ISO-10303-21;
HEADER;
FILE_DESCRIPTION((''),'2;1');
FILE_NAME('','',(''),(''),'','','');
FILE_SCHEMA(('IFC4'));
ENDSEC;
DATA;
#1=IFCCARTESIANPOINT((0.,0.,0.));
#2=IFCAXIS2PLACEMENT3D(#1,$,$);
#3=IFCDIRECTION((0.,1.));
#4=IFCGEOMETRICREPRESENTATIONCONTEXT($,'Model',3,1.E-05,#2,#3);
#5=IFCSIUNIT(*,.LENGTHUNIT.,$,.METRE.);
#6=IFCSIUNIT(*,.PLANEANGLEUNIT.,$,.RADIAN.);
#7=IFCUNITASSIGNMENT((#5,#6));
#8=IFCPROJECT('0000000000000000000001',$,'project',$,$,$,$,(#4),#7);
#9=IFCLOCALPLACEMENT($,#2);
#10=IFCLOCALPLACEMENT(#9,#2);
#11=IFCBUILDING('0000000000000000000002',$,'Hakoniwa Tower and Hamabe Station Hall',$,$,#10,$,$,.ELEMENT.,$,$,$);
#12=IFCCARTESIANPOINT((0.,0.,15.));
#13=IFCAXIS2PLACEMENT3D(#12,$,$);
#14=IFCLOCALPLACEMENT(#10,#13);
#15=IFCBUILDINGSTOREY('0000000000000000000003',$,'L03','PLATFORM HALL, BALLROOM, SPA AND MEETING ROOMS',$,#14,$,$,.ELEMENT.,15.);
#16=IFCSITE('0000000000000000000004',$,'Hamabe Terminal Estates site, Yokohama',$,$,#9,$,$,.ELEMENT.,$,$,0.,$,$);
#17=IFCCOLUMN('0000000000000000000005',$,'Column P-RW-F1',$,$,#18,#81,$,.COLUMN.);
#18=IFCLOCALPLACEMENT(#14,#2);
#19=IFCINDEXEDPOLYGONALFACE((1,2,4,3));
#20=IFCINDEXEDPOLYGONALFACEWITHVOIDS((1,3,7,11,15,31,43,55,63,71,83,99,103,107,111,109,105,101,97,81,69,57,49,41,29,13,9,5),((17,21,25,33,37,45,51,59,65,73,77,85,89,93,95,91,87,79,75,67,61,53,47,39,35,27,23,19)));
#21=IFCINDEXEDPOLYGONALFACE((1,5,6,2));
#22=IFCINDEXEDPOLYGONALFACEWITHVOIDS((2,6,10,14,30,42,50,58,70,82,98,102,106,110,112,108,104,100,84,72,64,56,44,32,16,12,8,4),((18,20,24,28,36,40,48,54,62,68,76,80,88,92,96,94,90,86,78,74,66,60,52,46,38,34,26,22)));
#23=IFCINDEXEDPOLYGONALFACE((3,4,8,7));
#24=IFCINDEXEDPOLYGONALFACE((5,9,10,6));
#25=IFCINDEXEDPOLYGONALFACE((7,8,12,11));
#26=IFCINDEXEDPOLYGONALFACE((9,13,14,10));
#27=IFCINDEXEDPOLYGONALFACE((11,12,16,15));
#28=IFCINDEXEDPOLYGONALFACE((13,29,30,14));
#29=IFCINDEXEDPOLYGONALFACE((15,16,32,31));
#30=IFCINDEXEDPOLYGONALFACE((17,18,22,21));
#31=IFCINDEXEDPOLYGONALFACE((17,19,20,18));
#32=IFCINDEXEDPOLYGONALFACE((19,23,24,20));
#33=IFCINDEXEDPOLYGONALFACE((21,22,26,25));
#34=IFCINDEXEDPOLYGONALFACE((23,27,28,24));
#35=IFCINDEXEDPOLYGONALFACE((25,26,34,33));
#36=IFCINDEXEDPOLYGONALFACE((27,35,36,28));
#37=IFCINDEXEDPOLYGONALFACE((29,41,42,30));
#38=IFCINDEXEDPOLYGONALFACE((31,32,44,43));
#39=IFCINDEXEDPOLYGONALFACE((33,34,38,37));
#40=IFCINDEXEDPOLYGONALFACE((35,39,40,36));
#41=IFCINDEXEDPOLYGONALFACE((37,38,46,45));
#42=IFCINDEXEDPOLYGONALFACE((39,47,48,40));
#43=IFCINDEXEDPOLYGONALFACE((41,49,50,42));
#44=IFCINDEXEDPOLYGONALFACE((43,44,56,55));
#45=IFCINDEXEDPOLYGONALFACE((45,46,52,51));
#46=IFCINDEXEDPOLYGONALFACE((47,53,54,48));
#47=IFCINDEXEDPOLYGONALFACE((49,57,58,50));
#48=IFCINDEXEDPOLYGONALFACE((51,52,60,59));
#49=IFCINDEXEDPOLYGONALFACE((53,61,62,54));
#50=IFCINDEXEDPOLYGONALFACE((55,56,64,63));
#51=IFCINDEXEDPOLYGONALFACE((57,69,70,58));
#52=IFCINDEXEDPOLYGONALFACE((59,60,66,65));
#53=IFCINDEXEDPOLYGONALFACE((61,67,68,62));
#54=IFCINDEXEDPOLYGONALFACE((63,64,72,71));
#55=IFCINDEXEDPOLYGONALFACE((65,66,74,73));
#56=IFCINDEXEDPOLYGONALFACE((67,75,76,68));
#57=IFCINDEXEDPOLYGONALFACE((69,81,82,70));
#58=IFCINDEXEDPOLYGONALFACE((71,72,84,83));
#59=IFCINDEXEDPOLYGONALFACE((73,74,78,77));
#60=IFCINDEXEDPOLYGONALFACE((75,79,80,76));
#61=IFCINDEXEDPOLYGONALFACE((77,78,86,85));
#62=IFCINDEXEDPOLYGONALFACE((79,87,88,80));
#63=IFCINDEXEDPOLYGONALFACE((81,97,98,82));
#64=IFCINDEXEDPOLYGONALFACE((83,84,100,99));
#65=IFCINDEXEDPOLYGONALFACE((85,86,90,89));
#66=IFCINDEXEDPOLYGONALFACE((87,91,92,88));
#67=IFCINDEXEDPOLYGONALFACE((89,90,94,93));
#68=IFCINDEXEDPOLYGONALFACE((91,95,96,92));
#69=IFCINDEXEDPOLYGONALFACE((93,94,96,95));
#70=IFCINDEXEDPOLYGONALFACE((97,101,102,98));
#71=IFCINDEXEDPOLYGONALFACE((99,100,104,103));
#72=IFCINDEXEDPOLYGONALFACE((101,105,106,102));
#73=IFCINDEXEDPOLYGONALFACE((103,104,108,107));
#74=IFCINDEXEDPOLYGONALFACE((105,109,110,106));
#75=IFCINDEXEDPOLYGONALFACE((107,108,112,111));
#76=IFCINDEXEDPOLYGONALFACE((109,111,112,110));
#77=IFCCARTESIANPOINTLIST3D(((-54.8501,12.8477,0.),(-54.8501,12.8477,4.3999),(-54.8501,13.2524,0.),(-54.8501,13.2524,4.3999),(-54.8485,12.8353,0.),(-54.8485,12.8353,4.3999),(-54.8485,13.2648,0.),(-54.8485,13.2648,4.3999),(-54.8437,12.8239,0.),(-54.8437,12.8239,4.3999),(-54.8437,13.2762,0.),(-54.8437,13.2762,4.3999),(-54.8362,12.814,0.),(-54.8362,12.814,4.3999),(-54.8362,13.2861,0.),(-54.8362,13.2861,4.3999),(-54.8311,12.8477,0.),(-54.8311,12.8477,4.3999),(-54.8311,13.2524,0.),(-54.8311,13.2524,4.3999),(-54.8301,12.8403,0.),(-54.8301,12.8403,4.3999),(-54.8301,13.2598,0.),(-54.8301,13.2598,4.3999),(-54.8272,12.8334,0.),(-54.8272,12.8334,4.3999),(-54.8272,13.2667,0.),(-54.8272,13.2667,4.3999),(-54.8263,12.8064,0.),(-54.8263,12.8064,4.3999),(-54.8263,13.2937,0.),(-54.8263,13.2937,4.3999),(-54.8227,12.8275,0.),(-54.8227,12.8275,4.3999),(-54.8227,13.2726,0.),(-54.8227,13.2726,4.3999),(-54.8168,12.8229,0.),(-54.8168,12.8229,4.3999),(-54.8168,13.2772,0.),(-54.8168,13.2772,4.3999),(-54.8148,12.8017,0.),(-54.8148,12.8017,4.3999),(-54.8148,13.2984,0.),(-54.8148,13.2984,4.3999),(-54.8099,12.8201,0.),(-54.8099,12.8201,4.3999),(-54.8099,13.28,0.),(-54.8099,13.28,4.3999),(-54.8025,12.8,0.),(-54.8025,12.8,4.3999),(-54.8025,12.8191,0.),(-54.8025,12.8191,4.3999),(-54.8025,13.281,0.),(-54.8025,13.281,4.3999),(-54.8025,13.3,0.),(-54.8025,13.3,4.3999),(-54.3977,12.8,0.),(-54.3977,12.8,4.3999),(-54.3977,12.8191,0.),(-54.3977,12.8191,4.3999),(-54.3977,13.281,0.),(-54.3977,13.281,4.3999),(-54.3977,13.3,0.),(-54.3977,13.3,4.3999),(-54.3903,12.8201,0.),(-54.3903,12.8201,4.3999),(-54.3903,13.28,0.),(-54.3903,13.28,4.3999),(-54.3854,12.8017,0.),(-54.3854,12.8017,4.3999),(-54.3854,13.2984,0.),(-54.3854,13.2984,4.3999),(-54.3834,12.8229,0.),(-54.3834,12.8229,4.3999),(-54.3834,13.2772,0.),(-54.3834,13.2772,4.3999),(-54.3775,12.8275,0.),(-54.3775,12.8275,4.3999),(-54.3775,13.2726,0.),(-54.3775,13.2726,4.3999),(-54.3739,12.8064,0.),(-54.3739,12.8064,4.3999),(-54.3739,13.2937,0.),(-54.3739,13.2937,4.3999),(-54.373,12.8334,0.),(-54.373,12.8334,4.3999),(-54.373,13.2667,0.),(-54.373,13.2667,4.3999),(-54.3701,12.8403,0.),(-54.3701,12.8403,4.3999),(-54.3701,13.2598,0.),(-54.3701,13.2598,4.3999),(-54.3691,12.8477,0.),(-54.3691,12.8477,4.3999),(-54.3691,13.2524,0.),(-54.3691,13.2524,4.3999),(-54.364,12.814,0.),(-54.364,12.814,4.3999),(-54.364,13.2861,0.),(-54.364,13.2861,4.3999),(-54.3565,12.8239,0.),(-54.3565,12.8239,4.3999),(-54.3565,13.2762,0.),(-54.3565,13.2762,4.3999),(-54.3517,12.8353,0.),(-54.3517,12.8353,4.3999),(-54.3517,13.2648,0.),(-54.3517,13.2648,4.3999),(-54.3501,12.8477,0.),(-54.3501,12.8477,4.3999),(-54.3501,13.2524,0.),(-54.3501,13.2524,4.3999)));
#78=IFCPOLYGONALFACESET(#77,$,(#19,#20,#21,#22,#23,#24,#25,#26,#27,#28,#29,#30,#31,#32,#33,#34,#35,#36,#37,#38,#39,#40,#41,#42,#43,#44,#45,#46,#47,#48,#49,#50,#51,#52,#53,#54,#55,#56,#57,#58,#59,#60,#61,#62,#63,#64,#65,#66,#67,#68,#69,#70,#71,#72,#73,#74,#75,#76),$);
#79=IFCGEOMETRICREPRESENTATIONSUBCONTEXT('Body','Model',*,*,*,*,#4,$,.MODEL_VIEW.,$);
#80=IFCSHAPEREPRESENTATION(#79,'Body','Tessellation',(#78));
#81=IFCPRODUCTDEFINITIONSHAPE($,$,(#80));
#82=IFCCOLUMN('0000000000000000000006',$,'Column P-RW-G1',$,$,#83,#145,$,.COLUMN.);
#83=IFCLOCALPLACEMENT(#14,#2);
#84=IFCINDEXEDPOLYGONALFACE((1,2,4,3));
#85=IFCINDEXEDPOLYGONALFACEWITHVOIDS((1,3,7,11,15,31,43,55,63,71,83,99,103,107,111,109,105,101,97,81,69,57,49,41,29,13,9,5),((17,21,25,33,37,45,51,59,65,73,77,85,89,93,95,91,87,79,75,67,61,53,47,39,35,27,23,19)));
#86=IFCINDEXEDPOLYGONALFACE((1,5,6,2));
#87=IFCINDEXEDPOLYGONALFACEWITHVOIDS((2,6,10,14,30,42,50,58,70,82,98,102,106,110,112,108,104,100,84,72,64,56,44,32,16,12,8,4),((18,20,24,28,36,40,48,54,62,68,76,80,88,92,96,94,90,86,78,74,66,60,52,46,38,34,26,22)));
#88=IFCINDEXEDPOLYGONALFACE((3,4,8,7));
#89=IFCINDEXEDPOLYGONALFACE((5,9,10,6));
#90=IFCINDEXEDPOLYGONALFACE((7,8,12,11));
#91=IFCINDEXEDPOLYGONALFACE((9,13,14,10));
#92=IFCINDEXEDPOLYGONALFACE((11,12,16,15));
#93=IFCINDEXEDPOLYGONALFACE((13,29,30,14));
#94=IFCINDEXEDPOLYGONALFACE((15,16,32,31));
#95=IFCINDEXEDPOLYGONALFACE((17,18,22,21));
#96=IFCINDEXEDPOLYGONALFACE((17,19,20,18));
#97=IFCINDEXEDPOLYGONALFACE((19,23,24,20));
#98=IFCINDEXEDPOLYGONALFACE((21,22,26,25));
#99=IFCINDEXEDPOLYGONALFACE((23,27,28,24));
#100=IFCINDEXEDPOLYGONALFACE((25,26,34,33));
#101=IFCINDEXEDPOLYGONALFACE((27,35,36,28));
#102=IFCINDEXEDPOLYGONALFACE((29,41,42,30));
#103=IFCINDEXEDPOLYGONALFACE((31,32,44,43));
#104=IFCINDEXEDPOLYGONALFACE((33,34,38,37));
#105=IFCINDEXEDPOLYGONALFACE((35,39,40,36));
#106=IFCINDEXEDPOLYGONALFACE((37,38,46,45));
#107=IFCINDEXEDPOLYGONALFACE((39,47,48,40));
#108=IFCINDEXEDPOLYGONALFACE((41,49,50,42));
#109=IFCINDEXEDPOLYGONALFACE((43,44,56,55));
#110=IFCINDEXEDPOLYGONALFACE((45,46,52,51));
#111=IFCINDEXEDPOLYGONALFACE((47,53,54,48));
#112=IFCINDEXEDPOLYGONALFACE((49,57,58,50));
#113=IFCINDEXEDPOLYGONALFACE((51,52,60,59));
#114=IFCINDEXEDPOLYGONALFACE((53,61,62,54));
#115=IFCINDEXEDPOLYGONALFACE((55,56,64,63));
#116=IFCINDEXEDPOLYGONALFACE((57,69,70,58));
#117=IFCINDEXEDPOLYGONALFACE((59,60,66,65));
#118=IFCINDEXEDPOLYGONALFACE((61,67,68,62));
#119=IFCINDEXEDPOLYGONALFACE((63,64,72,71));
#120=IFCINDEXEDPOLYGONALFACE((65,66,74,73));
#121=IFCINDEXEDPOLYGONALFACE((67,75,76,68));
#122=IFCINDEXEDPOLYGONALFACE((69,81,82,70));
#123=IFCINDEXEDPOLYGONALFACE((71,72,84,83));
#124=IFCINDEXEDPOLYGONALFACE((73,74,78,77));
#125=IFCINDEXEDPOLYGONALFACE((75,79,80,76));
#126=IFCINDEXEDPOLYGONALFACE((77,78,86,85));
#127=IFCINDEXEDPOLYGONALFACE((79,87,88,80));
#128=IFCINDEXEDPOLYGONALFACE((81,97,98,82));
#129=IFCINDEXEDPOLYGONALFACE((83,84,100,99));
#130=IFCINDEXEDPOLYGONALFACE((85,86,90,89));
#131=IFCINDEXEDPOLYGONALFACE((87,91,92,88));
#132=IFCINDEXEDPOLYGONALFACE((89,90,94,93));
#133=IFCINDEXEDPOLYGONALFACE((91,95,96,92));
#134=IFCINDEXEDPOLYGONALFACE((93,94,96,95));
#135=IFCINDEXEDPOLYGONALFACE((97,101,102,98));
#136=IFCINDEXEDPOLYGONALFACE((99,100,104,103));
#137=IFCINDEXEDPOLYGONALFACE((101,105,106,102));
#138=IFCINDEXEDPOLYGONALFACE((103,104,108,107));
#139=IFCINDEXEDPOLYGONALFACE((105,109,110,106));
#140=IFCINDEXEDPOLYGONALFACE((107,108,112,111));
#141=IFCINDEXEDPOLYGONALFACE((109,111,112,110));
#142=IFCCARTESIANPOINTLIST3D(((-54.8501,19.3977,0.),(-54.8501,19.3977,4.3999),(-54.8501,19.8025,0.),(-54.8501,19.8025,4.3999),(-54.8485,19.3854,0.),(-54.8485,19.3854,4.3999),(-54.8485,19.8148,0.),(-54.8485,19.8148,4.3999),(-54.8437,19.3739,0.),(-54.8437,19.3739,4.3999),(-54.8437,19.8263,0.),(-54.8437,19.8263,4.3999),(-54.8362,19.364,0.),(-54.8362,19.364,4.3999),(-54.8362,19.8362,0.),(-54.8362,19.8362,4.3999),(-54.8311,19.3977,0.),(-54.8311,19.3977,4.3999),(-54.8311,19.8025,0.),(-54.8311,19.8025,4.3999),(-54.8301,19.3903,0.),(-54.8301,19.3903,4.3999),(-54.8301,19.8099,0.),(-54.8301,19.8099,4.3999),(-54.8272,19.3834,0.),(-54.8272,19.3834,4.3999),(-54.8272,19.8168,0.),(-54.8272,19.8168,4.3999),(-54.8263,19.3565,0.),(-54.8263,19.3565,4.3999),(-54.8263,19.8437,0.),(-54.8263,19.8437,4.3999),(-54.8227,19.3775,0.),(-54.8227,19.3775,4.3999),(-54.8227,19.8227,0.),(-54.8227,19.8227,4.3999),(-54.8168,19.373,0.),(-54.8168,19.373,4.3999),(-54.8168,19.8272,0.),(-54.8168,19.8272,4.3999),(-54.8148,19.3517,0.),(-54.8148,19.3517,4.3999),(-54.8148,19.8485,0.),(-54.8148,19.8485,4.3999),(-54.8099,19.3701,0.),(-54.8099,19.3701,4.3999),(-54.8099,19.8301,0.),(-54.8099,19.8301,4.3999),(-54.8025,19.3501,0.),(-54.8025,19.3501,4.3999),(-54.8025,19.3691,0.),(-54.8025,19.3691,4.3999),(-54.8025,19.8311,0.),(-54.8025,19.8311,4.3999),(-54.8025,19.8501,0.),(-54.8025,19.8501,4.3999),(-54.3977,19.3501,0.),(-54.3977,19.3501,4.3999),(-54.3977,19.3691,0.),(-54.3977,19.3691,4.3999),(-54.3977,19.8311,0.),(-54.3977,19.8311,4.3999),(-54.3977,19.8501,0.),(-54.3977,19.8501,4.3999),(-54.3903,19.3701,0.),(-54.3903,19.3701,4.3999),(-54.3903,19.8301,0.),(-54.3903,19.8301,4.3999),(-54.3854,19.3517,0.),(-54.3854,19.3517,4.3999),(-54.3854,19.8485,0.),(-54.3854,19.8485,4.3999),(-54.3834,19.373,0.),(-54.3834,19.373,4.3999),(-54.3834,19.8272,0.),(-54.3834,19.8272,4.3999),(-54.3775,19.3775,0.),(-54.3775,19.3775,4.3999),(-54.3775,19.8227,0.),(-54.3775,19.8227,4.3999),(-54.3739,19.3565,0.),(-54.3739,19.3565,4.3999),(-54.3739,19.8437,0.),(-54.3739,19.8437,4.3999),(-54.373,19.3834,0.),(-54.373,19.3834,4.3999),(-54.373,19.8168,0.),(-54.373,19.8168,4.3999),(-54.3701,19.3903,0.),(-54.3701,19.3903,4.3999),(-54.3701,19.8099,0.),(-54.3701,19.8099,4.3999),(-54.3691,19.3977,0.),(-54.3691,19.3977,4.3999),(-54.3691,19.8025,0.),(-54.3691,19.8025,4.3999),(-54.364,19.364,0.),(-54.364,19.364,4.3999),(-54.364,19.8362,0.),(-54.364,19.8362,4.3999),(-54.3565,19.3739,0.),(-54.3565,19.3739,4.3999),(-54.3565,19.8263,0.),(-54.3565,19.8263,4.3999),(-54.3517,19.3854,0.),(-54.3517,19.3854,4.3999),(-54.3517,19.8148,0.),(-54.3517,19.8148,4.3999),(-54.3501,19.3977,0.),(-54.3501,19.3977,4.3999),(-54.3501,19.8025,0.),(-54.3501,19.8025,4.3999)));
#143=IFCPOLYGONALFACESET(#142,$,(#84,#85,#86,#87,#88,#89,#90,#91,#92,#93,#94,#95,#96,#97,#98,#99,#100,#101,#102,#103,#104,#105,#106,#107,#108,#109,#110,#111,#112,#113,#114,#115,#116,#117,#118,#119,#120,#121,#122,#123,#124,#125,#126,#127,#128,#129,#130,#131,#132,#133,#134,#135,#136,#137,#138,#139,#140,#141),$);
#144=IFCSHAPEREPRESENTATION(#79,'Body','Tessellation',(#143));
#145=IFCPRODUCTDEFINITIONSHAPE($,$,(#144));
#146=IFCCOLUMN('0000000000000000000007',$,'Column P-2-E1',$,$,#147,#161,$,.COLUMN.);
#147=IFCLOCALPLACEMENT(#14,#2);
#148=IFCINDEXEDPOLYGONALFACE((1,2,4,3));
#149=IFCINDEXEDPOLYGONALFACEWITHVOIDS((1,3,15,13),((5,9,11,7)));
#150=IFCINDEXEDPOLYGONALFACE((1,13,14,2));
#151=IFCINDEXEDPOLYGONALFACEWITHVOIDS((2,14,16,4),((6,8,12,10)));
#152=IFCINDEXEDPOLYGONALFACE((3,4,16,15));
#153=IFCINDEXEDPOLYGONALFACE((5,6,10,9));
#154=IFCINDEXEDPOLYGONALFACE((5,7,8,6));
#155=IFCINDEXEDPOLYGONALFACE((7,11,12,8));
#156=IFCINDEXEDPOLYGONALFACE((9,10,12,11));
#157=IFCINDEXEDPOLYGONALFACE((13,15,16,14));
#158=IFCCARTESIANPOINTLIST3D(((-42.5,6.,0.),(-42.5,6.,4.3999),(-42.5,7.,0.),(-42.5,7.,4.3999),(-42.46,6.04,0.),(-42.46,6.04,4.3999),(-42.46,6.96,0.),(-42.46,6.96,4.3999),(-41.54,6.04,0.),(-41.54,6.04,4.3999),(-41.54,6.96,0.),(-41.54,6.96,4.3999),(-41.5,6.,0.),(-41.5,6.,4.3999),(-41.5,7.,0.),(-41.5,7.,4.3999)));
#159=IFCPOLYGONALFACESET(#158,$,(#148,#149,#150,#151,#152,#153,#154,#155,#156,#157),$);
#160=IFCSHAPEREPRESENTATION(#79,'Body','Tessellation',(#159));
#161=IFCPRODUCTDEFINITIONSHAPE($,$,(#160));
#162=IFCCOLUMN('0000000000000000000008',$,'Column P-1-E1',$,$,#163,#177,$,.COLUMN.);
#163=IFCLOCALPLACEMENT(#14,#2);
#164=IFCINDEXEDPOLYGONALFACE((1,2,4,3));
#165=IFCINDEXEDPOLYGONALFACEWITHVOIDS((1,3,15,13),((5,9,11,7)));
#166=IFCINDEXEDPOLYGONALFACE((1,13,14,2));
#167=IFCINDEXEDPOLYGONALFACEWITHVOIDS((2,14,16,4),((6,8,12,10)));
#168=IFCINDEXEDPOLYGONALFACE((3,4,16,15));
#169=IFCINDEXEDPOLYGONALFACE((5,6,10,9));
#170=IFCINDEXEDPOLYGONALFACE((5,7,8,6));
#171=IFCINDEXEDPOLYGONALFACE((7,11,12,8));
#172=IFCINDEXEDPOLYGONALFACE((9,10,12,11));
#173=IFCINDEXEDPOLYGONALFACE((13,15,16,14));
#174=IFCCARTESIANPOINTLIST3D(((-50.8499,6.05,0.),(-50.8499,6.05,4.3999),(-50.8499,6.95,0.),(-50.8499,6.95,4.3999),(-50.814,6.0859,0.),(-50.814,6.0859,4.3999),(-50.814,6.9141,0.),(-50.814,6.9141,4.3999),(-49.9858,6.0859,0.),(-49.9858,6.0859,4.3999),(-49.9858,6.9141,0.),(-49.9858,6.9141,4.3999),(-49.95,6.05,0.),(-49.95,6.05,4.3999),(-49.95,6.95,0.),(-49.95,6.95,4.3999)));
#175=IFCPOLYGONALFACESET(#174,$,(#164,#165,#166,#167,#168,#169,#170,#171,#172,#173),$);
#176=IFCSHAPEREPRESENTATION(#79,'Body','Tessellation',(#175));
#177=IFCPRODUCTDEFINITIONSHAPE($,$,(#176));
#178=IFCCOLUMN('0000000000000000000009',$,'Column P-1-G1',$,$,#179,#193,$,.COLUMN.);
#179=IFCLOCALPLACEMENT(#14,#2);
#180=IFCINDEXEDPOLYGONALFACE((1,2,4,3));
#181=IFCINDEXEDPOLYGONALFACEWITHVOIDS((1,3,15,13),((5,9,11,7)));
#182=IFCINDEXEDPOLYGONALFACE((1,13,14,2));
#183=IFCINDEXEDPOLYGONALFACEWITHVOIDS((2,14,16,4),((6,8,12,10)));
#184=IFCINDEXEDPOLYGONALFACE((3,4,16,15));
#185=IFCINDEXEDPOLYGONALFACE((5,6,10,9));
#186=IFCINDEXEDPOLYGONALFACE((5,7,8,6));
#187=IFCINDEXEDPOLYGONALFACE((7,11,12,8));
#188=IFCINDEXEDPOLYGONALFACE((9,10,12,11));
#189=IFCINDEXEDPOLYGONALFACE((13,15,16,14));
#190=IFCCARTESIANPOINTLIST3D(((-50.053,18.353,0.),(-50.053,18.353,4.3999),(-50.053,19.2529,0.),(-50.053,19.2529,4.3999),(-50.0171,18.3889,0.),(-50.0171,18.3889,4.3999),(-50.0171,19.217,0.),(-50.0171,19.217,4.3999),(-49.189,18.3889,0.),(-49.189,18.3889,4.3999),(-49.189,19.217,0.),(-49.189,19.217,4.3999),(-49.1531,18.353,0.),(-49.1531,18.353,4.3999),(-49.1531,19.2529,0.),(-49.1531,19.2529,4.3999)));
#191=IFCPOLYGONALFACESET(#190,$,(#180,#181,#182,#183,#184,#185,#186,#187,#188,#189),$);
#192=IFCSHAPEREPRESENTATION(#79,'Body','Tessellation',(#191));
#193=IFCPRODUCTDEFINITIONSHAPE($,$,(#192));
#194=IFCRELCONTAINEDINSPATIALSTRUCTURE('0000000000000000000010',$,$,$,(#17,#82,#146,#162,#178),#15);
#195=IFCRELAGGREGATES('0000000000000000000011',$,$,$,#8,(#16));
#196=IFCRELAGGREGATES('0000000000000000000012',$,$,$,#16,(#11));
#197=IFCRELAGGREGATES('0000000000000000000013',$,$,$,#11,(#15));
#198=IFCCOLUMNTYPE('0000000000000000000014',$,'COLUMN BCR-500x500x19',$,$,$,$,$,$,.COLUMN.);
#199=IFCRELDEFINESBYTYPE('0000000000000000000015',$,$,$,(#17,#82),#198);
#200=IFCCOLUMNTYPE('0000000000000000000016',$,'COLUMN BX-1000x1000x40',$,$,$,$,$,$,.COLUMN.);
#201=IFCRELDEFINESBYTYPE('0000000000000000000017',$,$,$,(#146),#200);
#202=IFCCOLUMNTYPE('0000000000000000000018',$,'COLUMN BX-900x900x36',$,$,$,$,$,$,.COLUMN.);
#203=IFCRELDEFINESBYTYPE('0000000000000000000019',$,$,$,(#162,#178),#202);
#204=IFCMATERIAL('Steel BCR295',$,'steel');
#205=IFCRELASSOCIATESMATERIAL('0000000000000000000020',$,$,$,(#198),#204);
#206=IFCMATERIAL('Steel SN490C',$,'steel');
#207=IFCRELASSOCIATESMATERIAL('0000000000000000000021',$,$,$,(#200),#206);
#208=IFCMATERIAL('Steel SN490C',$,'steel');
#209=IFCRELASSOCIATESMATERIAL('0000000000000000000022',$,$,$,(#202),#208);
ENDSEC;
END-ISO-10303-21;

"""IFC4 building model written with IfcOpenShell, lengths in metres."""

from ifc_helpers import new_model, si_unit, direction, frame, origin, origin_2d, place, context, subcontext, project, spatial, hollow_rectangle, extrude, material, material_profile, profile_set, type_object, element, save


model = new_model("IFC4")

# Units and contexts
model_context = context("Model", 3, precision=1e-05, world=origin(), true_north=direction((0.0, 1.0)))
body_context = subcontext(model_context, "Body", "Model", "MODEL_VIEW")
ifc_project = project(units=[si_unit("LENGTHUNIT", "METRE"), si_unit("PLANEANGLEUNIT", "RADIAN")], contexts=[model_context])

# Site, building, storey
site_placement = place(None, origin())
site = spatial("IfcSite", under=ifc_project, at=site_placement, Name="Hamabe Terminal Estates site, Yokohama", CompositionType="ELEMENT", RefElevation=0.0)
building_placement = place(site_placement, origin())
building = spatial("IfcBuilding", under=site, at=building_placement, Name="Hakoniwa Tower and Hamabe Station Hall", CompositionType="ELEMENT")
storey_placement = place(building_placement, frame((0.0, 0.0, 15.0)))
storey = spatial("IfcBuildingStorey", under=building, at=storey_placement, Name="L03", Description="PLATFORM HALL, BALLROOM, SPA AND MEETING ROOMS", CompositionType="ELEMENT", Elevation=15.0)

# Columns
ifc_material_1 = material(Name="Steel BCR295", Category="steel")
ifc_material_profile_1 = material_profile(ifc_material_1, hollow_rectangle(XDim=0.5, YDim=0.5, WallThickness=0.019, InnerFilletRadius=0.0286, OuterFilletRadius=0.0476, at=origin_2d()), Name="BCR-500x500x19")
ifc_profile_set_1 = profile_set([ifc_material_profile_1], Name="Steel BCR295")
column_type_1 = type_object("IfcColumnType", Name="COLUMN BCR-500x500x19", PredefinedType="COLUMN", material=ifc_profile_set_1)
for number, where, z_axis, x_axis, name in (
    (1, (-54.6001, 13.05, 0.0), (0.0, 0.0, 1.0), (1.0, 0.0, 0.0), "Column P-RW-F1"),
    (2, (-54.6001, 19.6001, 0.0), (0.0, 0.0, 1.0), (1.0, 0.0, 0.0), "Column P-RW-G1"),
):
    element("IfcColumn", number, at=place(storey_placement, frame(where, z_axis=z_axis, x_axis=x_axis)), inside=storey, type_object=column_type_1, Name=name, PredefinedType="COLUMN", context=body_context, shape_type="SweptSolid", body=[
        extrude(hollow_rectangle(XDim=0.5, YDim=0.5, WallThickness=0.019, InnerFilletRadius=0.0286, OuterFilletRadius=0.0476, at=origin_2d()), origin(), (0.0, 0.0, 1.0), 4.3999),
    ])
ifc_material_2 = material(Name="Steel SN490C", Category="steel")
ifc_material_profile_2 = material_profile(ifc_material_2, hollow_rectangle(XDim=1.0, YDim=1.0, WallThickness=0.04, at=origin_2d()), Name="BX-1000x1000x40")
ifc_profile_set_2 = profile_set([ifc_material_profile_2], Name="Steel SN490C")
column_type_2 = type_object("IfcColumnType", Name="COLUMN BX-1000x1000x40", PredefinedType="COLUMN", material=ifc_profile_set_2)
column_placement = place(storey_placement, frame((-42.0, 6.5, 0.0), z_axis=(0.0, 0.0, 1.0), x_axis=(1.0, 0.0, 0.0)))
element("IfcColumn", 3, at=column_placement, inside=storey, type_object=column_type_2, Name="Column P-2-E1", PredefinedType="COLUMN", context=body_context, shape_type="SweptSolid", body=[
    extrude(hollow_rectangle(XDim=1.0, YDim=1.0, WallThickness=0.04, at=origin_2d()), origin(), (0.0, 0.0, 1.0), 4.3999),
])
ifc_material_3 = material(Name="Steel SN490C", Category="steel")
ifc_material_profile_3 = material_profile(ifc_material_3, hollow_rectangle(XDim=0.8999, YDim=0.8999, WallThickness=0.0359, at=origin_2d()), Name="BX-900x900x36")
ifc_profile_set_3 = profile_set([ifc_material_profile_3], Name="Steel SN490C")
column_type_3 = type_object("IfcColumnType", Name="COLUMN BX-900x900x36", PredefinedType="COLUMN", material=ifc_profile_set_3)
for number, where, z_axis, x_axis, name in (
    (4, (-50.3999, 6.5, 0.0), (0.0, 0.0, 1.0), (1.0, 0.0, 0.0), "Column P-1-E1"),
    (5, (-49.603, 18.803, 0.0), (0.0, 0.0, 1.0), (1.0, 0.0, 0.0), "Column P-1-G1"),
):
    element("IfcColumn", number, at=place(storey_placement, frame(where, z_axis=z_axis, x_axis=x_axis)), inside=storey, type_object=column_type_3, Name=name, PredefinedType="COLUMN", context=body_context, shape_type="SweptSolid", body=[
        extrude(hollow_rectangle(XDim=0.8999, YDim=0.8999, WallThickness=0.0359, at=origin_2d()), origin(), (0.0, 0.0, 1.0), 4.3999),
    ])

save(model, "model.ifc")
